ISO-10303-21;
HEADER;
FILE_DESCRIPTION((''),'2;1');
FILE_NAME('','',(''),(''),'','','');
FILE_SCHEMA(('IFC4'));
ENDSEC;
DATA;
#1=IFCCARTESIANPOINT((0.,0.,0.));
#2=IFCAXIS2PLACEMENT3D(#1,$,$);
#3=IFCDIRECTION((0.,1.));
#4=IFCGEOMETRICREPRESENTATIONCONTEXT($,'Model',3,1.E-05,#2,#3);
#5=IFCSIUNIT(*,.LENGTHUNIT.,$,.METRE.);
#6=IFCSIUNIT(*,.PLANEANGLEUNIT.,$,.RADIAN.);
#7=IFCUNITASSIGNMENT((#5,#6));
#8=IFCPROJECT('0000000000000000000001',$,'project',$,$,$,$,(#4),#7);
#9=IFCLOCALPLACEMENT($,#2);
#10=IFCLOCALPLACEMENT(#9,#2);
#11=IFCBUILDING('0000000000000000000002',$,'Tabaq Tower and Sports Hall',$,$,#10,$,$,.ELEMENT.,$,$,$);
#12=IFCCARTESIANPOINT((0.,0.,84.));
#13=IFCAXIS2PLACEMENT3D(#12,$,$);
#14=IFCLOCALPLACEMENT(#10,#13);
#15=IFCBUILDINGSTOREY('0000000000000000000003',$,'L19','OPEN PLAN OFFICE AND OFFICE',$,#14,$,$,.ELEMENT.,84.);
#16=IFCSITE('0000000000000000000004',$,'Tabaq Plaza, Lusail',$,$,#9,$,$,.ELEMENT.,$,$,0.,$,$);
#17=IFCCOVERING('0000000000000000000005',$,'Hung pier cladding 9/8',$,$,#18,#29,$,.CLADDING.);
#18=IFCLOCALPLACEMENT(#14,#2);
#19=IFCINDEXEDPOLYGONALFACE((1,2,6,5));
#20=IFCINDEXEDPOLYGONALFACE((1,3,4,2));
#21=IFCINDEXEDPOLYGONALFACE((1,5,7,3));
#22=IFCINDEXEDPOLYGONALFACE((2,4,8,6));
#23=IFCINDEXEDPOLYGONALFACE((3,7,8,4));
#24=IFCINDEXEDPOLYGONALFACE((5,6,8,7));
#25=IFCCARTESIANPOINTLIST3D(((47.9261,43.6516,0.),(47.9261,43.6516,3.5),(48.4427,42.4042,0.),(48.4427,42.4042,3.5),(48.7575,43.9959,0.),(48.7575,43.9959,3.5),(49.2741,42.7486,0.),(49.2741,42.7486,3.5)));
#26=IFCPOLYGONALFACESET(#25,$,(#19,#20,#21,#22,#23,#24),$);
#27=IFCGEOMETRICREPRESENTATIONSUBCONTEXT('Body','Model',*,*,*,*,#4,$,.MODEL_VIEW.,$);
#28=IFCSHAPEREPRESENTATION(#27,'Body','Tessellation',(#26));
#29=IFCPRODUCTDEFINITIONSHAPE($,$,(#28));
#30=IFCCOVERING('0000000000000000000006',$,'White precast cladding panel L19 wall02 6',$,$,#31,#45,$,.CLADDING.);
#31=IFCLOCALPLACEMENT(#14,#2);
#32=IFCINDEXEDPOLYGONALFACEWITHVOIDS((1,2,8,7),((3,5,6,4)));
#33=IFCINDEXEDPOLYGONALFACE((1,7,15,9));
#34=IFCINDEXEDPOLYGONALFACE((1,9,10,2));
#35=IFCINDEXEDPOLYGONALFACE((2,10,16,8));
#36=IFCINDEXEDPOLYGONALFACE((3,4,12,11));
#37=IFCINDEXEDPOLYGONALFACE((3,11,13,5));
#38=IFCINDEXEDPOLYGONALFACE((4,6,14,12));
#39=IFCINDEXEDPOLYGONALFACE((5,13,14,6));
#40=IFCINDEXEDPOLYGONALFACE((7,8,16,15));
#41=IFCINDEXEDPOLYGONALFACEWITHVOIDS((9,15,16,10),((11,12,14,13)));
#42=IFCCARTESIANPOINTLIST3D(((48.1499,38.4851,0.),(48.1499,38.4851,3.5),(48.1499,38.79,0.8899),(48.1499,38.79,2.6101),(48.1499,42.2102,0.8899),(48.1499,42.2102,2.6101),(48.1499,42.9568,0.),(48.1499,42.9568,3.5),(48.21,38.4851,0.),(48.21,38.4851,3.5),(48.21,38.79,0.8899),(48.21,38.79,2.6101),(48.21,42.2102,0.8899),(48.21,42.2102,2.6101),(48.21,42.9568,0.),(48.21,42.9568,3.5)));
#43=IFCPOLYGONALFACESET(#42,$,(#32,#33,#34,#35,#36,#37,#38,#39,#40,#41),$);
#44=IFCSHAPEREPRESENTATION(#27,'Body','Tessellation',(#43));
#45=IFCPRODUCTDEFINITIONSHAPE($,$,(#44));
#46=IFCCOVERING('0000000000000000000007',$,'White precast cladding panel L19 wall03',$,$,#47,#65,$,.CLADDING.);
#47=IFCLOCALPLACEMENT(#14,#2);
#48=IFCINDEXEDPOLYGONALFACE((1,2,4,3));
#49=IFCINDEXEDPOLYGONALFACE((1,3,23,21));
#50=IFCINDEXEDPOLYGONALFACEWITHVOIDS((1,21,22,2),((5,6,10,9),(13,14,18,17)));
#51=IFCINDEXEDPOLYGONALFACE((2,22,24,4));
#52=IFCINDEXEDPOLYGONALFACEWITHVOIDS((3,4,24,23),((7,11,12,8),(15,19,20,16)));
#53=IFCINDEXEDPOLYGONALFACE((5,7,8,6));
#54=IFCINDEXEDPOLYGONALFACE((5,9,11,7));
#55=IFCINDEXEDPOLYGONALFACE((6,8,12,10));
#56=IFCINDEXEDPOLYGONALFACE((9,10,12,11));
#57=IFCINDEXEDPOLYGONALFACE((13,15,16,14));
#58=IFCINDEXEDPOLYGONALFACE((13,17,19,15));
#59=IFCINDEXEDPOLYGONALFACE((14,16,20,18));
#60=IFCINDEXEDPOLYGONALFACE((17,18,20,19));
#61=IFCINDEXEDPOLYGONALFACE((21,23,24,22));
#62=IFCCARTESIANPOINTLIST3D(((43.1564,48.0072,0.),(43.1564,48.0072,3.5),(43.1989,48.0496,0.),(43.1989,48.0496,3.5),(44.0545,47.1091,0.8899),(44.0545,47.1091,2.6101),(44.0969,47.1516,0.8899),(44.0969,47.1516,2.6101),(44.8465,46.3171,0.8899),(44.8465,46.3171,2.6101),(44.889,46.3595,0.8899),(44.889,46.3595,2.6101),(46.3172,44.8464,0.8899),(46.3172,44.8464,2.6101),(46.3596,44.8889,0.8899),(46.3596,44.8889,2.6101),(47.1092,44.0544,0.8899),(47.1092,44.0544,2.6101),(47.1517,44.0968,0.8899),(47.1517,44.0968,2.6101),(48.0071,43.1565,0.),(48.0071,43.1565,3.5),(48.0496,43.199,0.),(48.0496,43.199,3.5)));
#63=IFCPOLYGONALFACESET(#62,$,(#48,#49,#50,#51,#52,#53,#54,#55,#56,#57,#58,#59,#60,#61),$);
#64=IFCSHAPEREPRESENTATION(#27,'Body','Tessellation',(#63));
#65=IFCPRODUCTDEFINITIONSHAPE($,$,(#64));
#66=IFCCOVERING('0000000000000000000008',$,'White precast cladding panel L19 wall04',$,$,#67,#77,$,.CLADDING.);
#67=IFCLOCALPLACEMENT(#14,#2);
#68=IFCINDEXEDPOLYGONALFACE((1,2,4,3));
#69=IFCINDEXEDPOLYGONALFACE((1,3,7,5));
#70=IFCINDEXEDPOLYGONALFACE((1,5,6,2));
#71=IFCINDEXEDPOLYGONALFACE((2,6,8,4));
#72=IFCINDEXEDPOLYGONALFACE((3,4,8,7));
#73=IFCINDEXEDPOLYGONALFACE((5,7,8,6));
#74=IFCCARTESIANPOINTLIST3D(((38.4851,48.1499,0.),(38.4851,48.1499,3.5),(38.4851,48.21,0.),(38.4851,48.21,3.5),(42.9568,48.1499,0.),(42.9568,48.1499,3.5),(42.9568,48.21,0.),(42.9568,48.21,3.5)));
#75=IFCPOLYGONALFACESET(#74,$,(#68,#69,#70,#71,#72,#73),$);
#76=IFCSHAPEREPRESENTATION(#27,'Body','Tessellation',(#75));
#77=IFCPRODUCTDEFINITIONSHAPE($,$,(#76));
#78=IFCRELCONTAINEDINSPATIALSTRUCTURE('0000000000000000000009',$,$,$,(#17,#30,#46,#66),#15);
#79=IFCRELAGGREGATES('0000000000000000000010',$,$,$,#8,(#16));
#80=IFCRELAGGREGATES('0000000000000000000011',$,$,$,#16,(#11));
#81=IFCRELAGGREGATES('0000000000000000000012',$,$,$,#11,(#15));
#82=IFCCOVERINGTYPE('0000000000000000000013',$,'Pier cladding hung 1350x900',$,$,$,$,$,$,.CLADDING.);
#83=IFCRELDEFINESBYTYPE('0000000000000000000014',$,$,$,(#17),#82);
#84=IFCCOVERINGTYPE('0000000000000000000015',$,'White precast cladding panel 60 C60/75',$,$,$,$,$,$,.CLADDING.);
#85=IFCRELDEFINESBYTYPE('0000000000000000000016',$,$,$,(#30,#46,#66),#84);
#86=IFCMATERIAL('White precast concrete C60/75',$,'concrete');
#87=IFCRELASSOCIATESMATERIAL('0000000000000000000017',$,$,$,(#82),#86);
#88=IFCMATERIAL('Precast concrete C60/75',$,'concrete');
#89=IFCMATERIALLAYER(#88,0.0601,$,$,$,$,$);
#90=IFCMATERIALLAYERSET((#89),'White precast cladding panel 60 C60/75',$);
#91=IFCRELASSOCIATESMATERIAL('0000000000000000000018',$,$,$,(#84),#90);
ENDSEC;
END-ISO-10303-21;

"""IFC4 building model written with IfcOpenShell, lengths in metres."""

from ifc_helpers import new_model, si_unit, direction, frame, frame_2d, origin, place, context, subcontext, project, spatial, polyline, rectangle, outline, extrude, material, layer, layer_set, type_object, element, save


model = new_model("IFC4")

# Units and contexts
model_context = context("Model", 3, precision=1e-05, world=origin(), true_north=direction((0.0, 1.0)))
body_context = subcontext(model_context, "Body", "Model", "MODEL_VIEW")
ifc_project = project(units=[si_unit("LENGTHUNIT", "METRE"), si_unit("PLANEANGLEUNIT", "RADIAN")], contexts=[model_context])

# Site, building, storey
site_placement = place(None, origin())
site = spatial("IfcSite", under=ifc_project, at=site_placement, Name="Tabaq Plaza, Lusail", CompositionType="ELEMENT", RefElevation=0.0)
building_placement = place(site_placement, origin())
building = spatial("IfcBuilding", under=site, at=building_placement, Name="Tabaq Tower and Sports Hall", CompositionType="ELEMENT")
storey_placement = place(building_placement, frame((0.0, 0.0, 84.0)))
storey = spatial("IfcBuildingStorey", under=building, at=storey_placement, Name="L19", Description="OPEN PLAN OFFICE AND OFFICE", CompositionType="ELEMENT", Elevation=84.0)

# Coverings
ifc_material_1 = material(Name="White precast concrete C60/75", Category="concrete")
covering_type_1 = type_object("IfcCoveringType", Name="Pier cladding hung 1350x900", PredefinedType="CLADDING", material=ifc_material_1)
for number, where, z_axis, x_axis, name in (
    (1, (48.8584, 42.5764, 0.0), (0.0, 0.0, 1.0), (-0.38265, 0.923893, 0.0), "Hung pier cladding 9/8"),
):
    element("IfcCovering", number, at=place(storey_placement, frame(where, z_axis=z_axis, x_axis=x_axis)), inside=storey, type_object=covering_type_1, Name=name, PredefinedType="CLADDING", context=body_context, shape_type="SweptSolid", body=[
        extrude(rectangle(XDim=1.3501, YDim=0.8999, at=frame_2d((0.675, 0.0))), origin(), (0.0, 0.0, 1.0), 3.5),
    ])
ifc_material_2 = material(Name="Precast concrete C60/75", Category="concrete")
ifc_layer_1 = layer(ifc_material_2, 0.0601)
ifc_layer_set_1 = layer_set([ifc_layer_1], Name="White precast cladding panel 60 C60/75")
covering_type_2 = type_object("IfcCoveringType", Name="White precast cladding panel 60 C60/75", PredefinedType="CLADDING", material=ifc_layer_set_1)
covering_1_placement = place(storey_placement, frame((48.1799, 38.4851, 0.0), z_axis=(0.0, 0.0, 1.0), x_axis=(0.0, 1.0, 0.0)))
element("IfcCovering", 2, at=covering_1_placement, inside=storey, type_object=covering_type_2, Name="White precast cladding panel L19 wall02 6", PredefinedType="CLADDING", context=body_context, shape_type="SweptSolid", body=[
    extrude(outline(polyline([(0.0, 0.0), (4.4717, 0.0), (4.4717, 3.5), (0.0, 3.5), (0.0, 0.0)]), holes=[polyline([(0.3049, 0.8899), (0.3049, 2.6101), (3.7251, 2.6101), (3.7251, 0.8899), (0.3049, 0.8899)])]), frame((0.0, 0.03, 0.0), z_axis=(0.0, -1.0, 0.0), x_axis=(1.0, 0.0, 0.0)), (0.0, 0.0, 1.0), 0.0601),
])
covering_2_placement = place(storey_placement, frame((48.0283, 43.1777, 0.0), z_axis=(0.0, 0.0, 1.0), x_axis=(-0.707107, 0.707107, 0.0)))
element("IfcCovering", 3, at=covering_2_placement, inside=storey, type_object=covering_type_2, Name="White precast cladding panel L19 wall03", PredefinedType="CLADDING", context=body_context, shape_type="SweptSolid", body=[
    extrude(outline(polyline([(0.0, 0.0), (6.8599, 0.0), (6.8599, 3.5), (0.0, 3.5), (0.0, 0.0)]), holes=[polyline([(1.2698, 2.6101), (2.3899, 2.6101), (2.3899, 0.8899), (1.2698, 0.8899), (1.2698, 2.6101)]), polyline([(4.4697, 2.6101), (5.5898, 2.6101), (5.5898, 0.8899), (4.4697, 0.8899), (4.4697, 2.6101)])]), frame((0.0, 0.03, 0.0), z_axis=(0.0, -1.0, 0.0), x_axis=(1.0, 0.0, 0.0)), (0.0, 0.0, 1.0), 0.0601),
])
covering_3_placement = place(storey_placement, frame((42.9568, 48.1799, 0.0), z_axis=(0.0, 0.0, 1.0), x_axis=(-1.0, 0.0, 0.0)))
element("IfcCovering", 4, at=covering_3_placement, inside=storey, type_object=covering_type_2, Name="White precast cladding panel L19 wall04", PredefinedType="CLADDING", context=body_context, shape_type="SweptSolid", body=[
    extrude(rectangle(XDim=4.4717, YDim=0.0601, at=frame_2d((2.2358, 0.0))), origin(), (0.0, 0.0, 1.0), 3.5),
])

save(model, "model.ifc")
